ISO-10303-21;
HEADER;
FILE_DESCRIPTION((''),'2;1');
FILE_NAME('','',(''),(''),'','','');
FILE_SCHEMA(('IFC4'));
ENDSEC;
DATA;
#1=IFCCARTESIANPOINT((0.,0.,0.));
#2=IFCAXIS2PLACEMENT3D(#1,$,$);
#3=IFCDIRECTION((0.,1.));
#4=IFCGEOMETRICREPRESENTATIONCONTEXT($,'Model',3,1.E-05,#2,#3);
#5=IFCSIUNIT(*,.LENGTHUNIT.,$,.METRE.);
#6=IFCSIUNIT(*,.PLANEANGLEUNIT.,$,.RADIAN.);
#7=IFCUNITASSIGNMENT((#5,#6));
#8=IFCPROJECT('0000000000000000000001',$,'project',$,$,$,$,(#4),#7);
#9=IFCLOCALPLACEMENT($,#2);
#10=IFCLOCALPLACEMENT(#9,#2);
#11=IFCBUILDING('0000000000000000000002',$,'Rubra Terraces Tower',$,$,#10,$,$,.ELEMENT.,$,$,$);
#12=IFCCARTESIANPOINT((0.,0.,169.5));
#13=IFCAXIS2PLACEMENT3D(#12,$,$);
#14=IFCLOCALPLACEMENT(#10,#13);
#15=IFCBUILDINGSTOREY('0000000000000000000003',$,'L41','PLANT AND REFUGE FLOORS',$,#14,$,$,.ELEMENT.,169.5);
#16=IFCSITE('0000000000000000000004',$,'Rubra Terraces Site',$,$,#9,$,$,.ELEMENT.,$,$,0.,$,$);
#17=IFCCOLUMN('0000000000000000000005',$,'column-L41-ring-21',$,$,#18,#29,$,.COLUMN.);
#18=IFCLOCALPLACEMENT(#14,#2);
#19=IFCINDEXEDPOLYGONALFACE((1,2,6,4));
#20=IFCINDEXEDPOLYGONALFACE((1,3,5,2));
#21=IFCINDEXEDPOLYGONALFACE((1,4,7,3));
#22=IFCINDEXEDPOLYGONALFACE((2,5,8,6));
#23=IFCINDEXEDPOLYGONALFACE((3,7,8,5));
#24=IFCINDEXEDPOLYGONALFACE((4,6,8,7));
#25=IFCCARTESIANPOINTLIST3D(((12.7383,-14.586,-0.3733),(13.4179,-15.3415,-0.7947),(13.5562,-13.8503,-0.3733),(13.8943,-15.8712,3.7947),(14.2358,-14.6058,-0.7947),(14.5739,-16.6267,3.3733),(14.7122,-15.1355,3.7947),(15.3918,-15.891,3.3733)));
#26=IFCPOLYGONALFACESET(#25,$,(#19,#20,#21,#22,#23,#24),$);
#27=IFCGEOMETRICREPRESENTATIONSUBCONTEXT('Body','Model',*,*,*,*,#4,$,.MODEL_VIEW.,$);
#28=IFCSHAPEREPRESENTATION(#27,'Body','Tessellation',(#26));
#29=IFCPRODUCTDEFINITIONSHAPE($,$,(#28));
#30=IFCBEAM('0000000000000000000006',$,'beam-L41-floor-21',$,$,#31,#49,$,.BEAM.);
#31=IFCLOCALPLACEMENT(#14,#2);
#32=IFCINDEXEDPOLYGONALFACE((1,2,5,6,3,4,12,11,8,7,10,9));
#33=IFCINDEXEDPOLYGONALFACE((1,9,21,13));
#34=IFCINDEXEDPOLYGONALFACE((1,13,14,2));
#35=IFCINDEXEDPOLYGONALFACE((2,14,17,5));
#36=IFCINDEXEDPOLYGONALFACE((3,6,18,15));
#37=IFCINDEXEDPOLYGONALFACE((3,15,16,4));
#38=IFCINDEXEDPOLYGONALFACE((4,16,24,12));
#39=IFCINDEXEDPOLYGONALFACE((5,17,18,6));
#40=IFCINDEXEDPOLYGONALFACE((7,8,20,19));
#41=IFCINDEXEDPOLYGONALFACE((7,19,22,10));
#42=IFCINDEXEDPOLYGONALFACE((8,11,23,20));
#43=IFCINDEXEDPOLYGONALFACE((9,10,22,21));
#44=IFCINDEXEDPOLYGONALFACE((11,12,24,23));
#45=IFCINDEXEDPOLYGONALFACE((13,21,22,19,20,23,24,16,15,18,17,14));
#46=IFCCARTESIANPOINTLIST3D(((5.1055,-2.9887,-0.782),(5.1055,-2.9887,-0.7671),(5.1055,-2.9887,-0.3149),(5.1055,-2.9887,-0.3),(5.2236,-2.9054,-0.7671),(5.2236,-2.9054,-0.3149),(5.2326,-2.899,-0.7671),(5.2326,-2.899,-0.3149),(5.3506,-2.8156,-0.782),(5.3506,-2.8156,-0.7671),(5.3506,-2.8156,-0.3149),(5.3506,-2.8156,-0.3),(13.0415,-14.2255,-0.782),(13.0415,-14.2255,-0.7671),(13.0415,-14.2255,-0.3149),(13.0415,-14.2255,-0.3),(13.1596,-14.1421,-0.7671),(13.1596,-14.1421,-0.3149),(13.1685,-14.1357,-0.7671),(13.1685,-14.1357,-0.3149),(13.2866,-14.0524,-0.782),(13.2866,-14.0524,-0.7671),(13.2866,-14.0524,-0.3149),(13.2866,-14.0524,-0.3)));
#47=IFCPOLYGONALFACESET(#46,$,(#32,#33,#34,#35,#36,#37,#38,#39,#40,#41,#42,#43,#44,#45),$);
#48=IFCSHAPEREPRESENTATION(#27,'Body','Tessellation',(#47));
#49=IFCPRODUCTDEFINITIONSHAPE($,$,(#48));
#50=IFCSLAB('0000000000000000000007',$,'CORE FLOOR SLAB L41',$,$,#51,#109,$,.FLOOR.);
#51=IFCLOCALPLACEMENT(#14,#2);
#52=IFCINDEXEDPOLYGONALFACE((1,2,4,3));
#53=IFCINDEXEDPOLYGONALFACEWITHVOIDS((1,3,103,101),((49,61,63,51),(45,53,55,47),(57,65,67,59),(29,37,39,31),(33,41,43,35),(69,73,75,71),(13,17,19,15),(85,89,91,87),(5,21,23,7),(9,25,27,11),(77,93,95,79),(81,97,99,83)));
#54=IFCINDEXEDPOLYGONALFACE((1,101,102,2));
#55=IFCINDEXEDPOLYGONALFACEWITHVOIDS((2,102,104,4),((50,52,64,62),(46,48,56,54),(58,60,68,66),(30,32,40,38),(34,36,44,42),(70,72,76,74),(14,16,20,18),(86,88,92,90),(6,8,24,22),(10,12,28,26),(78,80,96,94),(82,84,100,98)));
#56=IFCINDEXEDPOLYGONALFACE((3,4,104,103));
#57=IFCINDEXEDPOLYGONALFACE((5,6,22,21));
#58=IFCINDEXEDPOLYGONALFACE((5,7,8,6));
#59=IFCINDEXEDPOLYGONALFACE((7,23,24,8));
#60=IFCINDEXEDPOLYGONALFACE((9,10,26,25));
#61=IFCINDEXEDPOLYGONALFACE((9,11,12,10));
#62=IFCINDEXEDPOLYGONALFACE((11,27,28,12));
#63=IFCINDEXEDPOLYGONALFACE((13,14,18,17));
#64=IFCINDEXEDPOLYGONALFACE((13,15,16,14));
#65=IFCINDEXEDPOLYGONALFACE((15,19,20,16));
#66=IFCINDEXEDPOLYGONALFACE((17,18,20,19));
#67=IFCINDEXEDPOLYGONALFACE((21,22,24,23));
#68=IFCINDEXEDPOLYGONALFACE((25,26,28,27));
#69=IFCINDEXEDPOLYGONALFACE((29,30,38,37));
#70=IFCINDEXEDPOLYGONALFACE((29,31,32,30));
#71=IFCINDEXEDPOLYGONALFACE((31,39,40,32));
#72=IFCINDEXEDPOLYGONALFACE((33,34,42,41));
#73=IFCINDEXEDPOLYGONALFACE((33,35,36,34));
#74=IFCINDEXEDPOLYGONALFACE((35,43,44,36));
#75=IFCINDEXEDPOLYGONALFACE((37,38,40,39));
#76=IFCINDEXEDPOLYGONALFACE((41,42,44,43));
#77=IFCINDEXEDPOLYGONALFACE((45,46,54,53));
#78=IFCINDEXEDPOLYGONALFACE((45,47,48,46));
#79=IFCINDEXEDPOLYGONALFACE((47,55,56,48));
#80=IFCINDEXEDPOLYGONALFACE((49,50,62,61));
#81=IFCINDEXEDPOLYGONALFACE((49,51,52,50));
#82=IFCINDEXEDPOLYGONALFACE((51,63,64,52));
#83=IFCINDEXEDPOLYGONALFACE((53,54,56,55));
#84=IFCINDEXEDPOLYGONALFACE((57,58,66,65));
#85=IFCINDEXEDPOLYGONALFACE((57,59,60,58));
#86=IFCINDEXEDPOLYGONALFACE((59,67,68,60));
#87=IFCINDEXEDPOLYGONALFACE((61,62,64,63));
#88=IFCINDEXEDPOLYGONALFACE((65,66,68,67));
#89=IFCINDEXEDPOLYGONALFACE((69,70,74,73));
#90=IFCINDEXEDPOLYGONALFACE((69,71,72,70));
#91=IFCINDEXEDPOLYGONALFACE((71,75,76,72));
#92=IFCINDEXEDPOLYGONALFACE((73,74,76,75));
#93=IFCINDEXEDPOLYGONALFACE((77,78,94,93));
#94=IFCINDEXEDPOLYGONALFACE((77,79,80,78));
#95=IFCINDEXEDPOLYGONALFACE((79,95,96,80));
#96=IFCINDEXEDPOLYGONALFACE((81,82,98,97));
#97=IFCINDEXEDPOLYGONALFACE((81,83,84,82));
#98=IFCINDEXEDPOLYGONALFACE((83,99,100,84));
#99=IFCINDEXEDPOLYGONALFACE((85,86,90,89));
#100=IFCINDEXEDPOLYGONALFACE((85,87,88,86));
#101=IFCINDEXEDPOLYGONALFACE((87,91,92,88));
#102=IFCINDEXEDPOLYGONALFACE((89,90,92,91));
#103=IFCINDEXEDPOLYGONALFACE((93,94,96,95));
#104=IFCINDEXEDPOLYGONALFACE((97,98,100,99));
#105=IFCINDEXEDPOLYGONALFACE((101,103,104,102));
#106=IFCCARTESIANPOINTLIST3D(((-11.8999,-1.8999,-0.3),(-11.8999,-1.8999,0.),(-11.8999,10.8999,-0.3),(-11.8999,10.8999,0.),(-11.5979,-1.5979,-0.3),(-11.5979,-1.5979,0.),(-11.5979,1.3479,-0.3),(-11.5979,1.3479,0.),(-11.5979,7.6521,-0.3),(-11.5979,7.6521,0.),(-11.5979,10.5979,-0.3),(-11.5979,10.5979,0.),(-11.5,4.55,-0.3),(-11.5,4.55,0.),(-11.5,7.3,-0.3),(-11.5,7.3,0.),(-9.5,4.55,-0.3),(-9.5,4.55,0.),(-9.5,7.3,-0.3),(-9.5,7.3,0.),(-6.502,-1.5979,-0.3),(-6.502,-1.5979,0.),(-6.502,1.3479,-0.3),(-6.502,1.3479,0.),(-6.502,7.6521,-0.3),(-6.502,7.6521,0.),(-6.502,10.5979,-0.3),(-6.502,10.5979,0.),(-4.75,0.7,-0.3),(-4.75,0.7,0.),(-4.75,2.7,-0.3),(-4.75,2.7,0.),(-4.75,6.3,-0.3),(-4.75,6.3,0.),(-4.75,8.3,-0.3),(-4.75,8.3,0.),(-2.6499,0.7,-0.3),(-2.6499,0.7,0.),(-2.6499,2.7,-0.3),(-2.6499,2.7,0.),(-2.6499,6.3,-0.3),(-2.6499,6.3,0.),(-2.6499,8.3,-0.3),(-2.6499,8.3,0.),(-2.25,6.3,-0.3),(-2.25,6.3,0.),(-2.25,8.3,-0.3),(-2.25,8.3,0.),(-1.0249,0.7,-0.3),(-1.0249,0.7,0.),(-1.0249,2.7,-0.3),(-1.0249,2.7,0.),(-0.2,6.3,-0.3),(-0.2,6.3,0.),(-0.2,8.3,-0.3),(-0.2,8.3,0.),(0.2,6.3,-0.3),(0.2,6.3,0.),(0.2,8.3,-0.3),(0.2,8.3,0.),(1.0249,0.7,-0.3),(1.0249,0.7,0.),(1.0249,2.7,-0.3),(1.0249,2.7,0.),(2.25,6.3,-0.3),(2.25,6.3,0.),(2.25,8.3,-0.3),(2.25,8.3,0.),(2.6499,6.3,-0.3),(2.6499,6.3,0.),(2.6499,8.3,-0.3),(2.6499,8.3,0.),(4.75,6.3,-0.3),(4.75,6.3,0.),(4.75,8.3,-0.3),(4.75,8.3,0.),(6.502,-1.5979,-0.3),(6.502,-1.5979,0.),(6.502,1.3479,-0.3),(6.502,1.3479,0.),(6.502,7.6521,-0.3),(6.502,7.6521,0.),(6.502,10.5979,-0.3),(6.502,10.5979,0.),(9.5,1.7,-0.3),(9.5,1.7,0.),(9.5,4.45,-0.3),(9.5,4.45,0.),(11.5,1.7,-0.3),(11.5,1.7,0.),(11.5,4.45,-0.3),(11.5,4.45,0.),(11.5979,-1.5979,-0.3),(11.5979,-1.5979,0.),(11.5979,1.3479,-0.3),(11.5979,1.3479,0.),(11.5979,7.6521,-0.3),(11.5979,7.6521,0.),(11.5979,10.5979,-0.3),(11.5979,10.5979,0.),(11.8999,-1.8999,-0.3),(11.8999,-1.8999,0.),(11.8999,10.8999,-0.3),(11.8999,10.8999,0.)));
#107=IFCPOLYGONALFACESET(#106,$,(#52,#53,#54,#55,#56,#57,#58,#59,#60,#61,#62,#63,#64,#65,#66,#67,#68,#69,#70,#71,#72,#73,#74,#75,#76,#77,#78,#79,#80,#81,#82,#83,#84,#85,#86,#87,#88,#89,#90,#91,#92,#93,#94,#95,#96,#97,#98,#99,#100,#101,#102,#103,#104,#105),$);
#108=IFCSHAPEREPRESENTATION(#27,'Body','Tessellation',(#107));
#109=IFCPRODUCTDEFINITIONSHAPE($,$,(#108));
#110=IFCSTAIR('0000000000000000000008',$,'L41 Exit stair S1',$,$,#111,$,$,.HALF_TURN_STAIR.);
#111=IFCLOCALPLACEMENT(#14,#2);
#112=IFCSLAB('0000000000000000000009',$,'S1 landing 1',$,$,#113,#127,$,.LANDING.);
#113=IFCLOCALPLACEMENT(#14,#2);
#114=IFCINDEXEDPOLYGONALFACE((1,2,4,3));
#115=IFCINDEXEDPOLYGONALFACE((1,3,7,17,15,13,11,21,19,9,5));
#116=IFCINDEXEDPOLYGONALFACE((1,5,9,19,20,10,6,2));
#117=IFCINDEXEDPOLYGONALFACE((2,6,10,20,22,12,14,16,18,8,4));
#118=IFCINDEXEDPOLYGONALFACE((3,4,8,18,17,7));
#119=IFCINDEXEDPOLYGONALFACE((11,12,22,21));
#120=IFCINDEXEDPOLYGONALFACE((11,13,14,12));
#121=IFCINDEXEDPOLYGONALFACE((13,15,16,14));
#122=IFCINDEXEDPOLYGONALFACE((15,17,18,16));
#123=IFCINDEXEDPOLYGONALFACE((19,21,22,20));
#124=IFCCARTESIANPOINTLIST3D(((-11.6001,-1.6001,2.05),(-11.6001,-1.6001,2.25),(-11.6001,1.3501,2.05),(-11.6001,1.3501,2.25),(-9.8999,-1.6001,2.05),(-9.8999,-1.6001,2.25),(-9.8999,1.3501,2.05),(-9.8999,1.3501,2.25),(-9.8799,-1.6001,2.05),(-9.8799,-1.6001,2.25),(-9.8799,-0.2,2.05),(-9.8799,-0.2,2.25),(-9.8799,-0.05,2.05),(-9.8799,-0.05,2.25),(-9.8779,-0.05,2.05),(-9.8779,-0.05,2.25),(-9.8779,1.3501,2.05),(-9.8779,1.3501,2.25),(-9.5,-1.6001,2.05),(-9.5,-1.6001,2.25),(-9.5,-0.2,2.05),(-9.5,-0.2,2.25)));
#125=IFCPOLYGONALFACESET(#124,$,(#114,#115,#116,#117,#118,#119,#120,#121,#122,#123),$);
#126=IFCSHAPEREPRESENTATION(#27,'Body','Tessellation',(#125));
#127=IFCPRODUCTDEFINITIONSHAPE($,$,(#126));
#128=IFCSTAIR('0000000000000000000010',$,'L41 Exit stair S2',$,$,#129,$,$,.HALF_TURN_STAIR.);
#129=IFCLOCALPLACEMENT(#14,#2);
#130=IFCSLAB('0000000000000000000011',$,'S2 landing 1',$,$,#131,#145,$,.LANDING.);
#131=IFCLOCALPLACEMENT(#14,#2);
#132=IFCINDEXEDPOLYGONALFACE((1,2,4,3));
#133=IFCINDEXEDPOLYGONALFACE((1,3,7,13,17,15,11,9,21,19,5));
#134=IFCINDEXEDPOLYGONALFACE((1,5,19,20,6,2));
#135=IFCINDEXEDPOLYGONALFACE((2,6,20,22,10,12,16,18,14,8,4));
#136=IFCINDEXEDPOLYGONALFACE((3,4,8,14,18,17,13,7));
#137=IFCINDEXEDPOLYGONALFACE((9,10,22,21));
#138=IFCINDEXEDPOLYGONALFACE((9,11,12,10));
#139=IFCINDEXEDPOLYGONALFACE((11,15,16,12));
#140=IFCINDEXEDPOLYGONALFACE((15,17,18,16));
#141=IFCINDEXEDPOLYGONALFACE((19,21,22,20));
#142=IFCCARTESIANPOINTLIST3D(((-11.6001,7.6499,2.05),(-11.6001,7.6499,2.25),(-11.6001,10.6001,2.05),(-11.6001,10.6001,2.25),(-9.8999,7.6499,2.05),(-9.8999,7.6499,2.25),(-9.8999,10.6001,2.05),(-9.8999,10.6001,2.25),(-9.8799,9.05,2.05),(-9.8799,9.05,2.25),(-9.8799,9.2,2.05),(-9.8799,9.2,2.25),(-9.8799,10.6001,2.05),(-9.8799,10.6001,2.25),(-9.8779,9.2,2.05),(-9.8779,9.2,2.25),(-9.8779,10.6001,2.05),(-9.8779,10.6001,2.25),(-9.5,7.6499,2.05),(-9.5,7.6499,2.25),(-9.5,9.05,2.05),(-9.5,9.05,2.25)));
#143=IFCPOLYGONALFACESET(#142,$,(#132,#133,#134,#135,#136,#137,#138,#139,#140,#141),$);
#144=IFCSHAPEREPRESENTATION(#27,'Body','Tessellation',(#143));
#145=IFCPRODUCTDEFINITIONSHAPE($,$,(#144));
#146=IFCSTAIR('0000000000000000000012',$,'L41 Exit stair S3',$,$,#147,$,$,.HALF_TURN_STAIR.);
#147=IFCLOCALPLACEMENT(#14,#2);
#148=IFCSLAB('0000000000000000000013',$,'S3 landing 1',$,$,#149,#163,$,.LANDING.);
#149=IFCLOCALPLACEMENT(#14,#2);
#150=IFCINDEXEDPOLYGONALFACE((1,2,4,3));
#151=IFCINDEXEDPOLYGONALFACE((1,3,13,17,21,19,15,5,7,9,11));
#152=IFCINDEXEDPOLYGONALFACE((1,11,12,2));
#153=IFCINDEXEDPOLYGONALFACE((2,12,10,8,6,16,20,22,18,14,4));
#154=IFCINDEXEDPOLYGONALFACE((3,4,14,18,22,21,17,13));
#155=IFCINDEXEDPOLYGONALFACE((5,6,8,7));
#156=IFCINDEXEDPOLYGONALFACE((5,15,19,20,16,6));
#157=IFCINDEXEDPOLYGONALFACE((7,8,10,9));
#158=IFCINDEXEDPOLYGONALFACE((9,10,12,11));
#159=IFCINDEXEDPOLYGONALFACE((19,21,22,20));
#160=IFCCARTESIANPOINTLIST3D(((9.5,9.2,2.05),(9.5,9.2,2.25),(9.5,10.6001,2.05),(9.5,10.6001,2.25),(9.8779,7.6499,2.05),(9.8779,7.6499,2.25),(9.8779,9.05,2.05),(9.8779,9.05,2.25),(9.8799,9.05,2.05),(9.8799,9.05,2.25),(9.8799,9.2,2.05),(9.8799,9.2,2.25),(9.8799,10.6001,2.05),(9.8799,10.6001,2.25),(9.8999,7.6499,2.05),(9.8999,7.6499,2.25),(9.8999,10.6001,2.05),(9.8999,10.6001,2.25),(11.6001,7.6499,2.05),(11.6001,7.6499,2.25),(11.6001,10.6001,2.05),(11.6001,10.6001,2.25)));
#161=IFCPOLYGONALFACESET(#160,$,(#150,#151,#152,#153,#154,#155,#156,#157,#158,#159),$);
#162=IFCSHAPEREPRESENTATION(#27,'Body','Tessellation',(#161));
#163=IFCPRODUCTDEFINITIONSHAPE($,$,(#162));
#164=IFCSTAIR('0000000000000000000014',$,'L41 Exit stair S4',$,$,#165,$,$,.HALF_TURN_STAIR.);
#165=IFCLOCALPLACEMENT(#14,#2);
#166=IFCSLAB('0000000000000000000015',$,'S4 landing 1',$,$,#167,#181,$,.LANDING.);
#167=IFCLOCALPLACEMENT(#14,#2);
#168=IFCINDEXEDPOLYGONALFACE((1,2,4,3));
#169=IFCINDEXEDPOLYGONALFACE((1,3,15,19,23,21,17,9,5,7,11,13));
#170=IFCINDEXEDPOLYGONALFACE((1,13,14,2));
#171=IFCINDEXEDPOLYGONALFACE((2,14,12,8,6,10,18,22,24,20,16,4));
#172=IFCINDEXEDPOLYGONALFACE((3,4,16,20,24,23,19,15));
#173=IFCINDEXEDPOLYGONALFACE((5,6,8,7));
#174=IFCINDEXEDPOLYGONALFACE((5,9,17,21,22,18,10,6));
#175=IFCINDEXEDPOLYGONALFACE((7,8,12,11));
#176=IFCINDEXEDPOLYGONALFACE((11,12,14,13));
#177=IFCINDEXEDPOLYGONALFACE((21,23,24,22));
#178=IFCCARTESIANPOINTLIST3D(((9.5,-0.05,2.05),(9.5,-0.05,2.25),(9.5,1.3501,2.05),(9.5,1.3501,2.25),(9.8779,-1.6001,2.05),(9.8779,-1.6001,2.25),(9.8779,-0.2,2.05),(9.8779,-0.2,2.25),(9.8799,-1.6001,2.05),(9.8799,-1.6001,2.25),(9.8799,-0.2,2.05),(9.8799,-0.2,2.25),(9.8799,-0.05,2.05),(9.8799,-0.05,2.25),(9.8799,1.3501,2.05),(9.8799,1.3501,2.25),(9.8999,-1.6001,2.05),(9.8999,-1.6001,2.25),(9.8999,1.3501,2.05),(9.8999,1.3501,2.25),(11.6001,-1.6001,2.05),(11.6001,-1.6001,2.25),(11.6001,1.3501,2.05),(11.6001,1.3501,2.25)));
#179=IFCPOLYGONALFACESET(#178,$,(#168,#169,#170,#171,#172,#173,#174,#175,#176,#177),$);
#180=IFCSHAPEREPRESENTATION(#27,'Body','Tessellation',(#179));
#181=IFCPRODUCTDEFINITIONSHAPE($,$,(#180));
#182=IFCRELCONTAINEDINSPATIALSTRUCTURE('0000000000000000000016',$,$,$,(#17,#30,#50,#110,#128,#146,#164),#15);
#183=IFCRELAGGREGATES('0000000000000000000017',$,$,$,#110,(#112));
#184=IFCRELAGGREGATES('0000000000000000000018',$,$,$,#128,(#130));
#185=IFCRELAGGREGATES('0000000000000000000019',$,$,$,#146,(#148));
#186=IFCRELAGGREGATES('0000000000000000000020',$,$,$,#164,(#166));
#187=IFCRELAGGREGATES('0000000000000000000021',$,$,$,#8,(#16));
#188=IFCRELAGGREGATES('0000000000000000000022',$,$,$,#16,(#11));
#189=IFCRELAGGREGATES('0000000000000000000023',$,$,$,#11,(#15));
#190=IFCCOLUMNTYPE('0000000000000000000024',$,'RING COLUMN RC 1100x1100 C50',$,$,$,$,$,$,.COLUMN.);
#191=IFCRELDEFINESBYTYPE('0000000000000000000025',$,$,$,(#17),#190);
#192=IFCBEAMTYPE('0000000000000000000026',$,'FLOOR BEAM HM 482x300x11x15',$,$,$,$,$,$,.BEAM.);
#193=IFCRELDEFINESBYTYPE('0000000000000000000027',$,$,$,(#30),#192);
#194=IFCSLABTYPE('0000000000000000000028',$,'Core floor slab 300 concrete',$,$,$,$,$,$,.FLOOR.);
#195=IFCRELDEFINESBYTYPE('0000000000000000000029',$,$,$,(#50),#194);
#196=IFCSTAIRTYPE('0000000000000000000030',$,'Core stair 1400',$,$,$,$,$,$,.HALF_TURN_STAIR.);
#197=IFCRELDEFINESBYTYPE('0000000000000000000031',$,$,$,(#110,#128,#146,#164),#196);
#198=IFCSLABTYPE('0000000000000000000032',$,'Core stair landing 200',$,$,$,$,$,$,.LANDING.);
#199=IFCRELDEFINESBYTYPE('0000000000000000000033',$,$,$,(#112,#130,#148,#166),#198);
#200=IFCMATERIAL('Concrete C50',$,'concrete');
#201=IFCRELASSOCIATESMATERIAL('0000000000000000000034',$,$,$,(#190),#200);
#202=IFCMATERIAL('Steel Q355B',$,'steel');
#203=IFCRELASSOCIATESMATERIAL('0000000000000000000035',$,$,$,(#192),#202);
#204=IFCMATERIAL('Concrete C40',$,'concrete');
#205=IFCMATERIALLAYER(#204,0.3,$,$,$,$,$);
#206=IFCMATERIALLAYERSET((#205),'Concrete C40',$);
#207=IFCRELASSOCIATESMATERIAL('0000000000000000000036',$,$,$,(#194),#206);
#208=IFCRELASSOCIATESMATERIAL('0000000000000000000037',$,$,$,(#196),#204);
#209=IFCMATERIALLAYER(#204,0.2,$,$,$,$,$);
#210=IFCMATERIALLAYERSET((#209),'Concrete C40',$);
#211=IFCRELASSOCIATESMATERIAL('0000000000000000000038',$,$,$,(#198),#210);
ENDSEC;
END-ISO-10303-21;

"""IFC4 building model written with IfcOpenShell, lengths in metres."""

from ifc_helpers import new_model, si_unit, direction, frame, origin, origin_2d, place, context, subcontext, project, spatial, polyline, rectangle, i_section, outline, extrude, material, layer, layer_set, material_profile, profile_set, type_object, element, aggregate, save


model = new_model("IFC4")

# Units and contexts
model_context = context("Model", 3, precision=1e-05, world=origin(), true_north=direction((0.0, 1.0)))
body_context = subcontext(model_context, "Body", "Model", "MODEL_VIEW")
ifc_project = project(units=[si_unit("LENGTHUNIT", "METRE"), si_unit("PLANEANGLEUNIT", "RADIAN")], contexts=[model_context])

# Site, building, storey
site_placement = place(None, origin())
site = spatial("IfcSite", under=ifc_project, at=site_placement, Name="Rubra Terraces Site", CompositionType="ELEMENT", RefElevation=0.0)
building_placement = place(site_placement, origin())
building = spatial("IfcBuilding", under=site, at=building_placement, Name="Rubra Terraces Tower", CompositionType="ELEMENT")
storey_placement = place(building_placement, frame((0.0, 0.0, 169.5)))
storey = spatial("IfcBuildingStorey", under=building, at=storey_placement, Name="L41", Description="PLANT AND REFUGE FLOORS", CompositionType="ELEMENT", Elevation=169.5)

# Column
ifc_material_1 = material(Name="Concrete C50", Category="concrete")
ifc_material_profile_1 = material_profile(ifc_material_1, rectangle(XDim=1.1001, YDim=1.1001, at=origin_2d()), Name="RC 1100x1100")
ifc_profile_set_1 = profile_set([ifc_material_profile_1], Name="Concrete C50")
column_type = type_object("IfcColumnType", Name="RING COLUMN RC 1100x1100 C50", PredefinedType="COLUMN", material=ifc_profile_set_1)
column_placement = place(storey_placement, frame((13.4871, -14.5959, -0.584), z_axis=(0.256196, -0.284818, 0.923711), x_axis=(0.743477, 0.668762, 0.0)))
element("IfcColumn", 1, at=column_placement, inside=storey, type_object=column_type, Name="column-L41-ring-21", PredefinedType="COLUMN", context=body_context, shape_type="SweptSolid", body=[
    extrude(rectangle(XDim=1.1001, YDim=1.1001, at=origin_2d()), origin(), (0.0, 0.0, 1.0), 4.5122),
])

# Beam
ifc_material_2 = material(Name="Steel Q355B", Category="steel")
ifc_material_profile_2 = material_profile(ifc_material_2, i_section(OverallWidth=0.3, OverallDepth=0.4819, WebThickness=0.011, FlangeThickness=0.0149, at=origin_2d()), Name="HM 482x300x11x15")
ifc_profile_set_2 = profile_set([ifc_material_profile_2], Name="Steel Q355B")
beam_type = type_object("IfcBeamType", Name="FLOOR BEAM HM 482x300x11x15", PredefinedType="BEAM", material=ifc_profile_set_2)
beam_placement = place(storey_placement, frame((13.1641, -14.1389, -0.541), z_axis=(-0.576885, 0.816825, 0.0), x_axis=(-0.816825, -0.576885, 0.0)))
element("IfcBeam", 2, at=beam_placement, inside=storey, type_object=beam_type, Name="beam-L41-floor-21", PredefinedType="BEAM", context=body_context, shape_type="SweptSolid", body=[
    extrude(i_section(OverallWidth=0.3, OverallDepth=0.4819, WebThickness=0.011, FlangeThickness=0.0149, at=origin_2d()), origin(), (0.0, 0.0, 1.0), 13.7566),
])

# Slab
ifc_material_3 = material(Name="Concrete C40", Category="concrete")
ifc_layer_1 = layer(ifc_material_3, 0.3)
ifc_layer_set_1 = layer_set([ifc_layer_1], Name="Concrete C40")
slab_type_1 = type_object("IfcSlabType", Name="Core floor slab 300 concrete", PredefinedType="FLOOR", material=ifc_layer_set_1)
slab_1_placement = place(storey_placement, frame((0.0, 0.0, -0.3)))
element("IfcSlab", 3, at=slab_1_placement, inside=storey, type_object=slab_type_1, Name="CORE FLOOR SLAB L41", PredefinedType="FLOOR", context=body_context, shape_type="SweptSolid", body=[
    extrude(outline(polyline([(-11.8999, -1.8999), (-11.8999, 10.8999), (11.8999, 10.8999), (11.8999, -1.8999), (-11.8999, -1.8999)]), holes=[polyline([(11.5979, 1.3479), (6.502, 1.3479), (6.502, -1.5979), (11.5979, -1.5979), (11.5979, 1.3479)]), polyline([(11.5979, 7.6521), (11.5979, 10.5979), (6.502, 10.5979), (6.502, 7.6521), (11.5979, 7.6521)]), polyline([(9.5, 1.7), (11.5, 1.7), (11.5, 4.45), (9.5, 4.45), (9.5, 1.7)]), polyline([(4.75, 6.3), (4.75, 8.3), (2.6499, 8.3), (2.6499, 6.3), (4.75, 6.3)]), polyline([(2.25, 8.3), (0.2, 8.3), (0.2, 6.3), (2.25, 6.3), (2.25, 8.3)]), polyline([(1.0249, 0.7), (1.0249, 2.7), (-1.0249, 2.7), (-1.0249, 0.7), (1.0249, 0.7)]), polyline([(-0.2, 6.3), (-0.2, 8.3), (-2.25, 8.3), (-2.25, 6.3), (-0.2, 6.3)]), polyline([(-4.75, 8.3), (-4.75, 6.3), (-2.6499, 6.3), (-2.6499, 8.3), (-4.75, 8.3)]), polyline([(-2.6499, 0.7), (-2.6499, 2.7), (-4.75, 2.7), (-4.75, 0.7), (-2.6499, 0.7)]), polyline([(-11.5979, -1.5979), (-6.502, -1.5979), (-6.502, 1.3479), (-11.5979, 1.3479), (-11.5979, -1.5979)]), polyline([(-11.5979, 10.5979), (-11.5979, 7.6521), (-6.502, 7.6521), (-6.502, 10.5979), (-11.5979, 10.5979)]), polyline([(-9.5, 4.55), (-9.5, 7.3), (-11.5, 7.3), (-11.5, 4.55), (-9.5, 4.55)])]), origin(), (0.0, 0.0, 1.0), 0.3),
])

# Stairs, slabs
stair_type = type_object("IfcStairType", Name="Core stair 1400", PredefinedType="HALF_TURN_STAIR", material=ifc_material_3)
stair_1_placement = place(storey_placement, origin())
stair_1 = element("IfcStair", 4, at=stair_1_placement, inside=storey, type_object=stair_type, Name="L41 Exit stair S1", PredefinedType="HALF_TURN_STAIR")
ifc_layer_2 = layer(ifc_material_3, 0.2)
ifc_layer_set_2 = layer_set([ifc_layer_2], Name="Concrete C40")
slab_type_2 = type_object("IfcSlabType", Name="Core stair landing 200", PredefinedType="LANDING", material=ifc_layer_set_2)
slab_2_placement = place(storey_placement, frame((0.0, 0.0, 2.05)))
slab_2 = element("IfcSlab", 5, at=slab_2_placement, type_object=slab_type_2, Name="S1 landing 1", PredefinedType="LANDING", context=body_context, shape_type="SweptSolid", body=[
    extrude(outline(polyline([(-9.5, -0.2), (-9.5, -1.6001), (-9.8799, -1.6001), (-9.8999, -1.6001), (-11.6001, -1.6001), (-11.6001, 1.3501), (-9.8999, 1.3501), (-9.8779, 1.3501), (-9.8779, -0.05), (-9.8799, -0.05), (-9.8799, -0.2), (-9.5, -0.2)])), origin(), (0.0, 0.0, 1.0), 0.2),
])
aggregate(stair_1, [slab_2])
stair_2_placement = place(storey_placement, origin())
stair_2 = element("IfcStair", 6, at=stair_2_placement, inside=storey, type_object=stair_type, Name="L41 Exit stair S2", PredefinedType="HALF_TURN_STAIR")
slab_3_placement = place(storey_placement, frame((0.0, 0.0, 2.05)))
slab_3 = element("IfcSlab", 7, at=slab_3_placement, type_object=slab_type_2, Name="S2 landing 1", PredefinedType="LANDING", context=body_context, shape_type="SweptSolid", body=[
    extrude(outline(polyline([(-9.5, 9.05), (-9.5, 7.6499), (-9.8999, 7.6499), (-11.6001, 7.6499), (-11.6001, 10.6001), (-9.8999, 10.6001), (-9.8799, 10.6001), (-9.8779, 10.6001), (-9.8779, 9.2), (-9.8799, 9.2), (-9.8799, 9.05), (-9.5, 9.05)])), origin(), (0.0, 0.0, 1.0), 0.2),
])
aggregate(stair_2, [slab_3])
stair_3_placement = place(storey_placement, origin())
stair_3 = element("IfcStair", 8, at=stair_3_placement, inside=storey, type_object=stair_type, Name="L41 Exit stair S3", PredefinedType="HALF_TURN_STAIR")
slab_4_placement = place(storey_placement, frame((0.0, 0.0, 2.05)))
slab_4 = element("IfcSlab", 9, at=slab_4_placement, type_object=slab_type_2, Name="S3 landing 1", PredefinedType="LANDING", context=body_context, shape_type="SweptSolid", body=[
    extrude(outline(polyline([(9.8799, 9.05), (9.8799, 9.2), (9.5, 9.2), (9.5, 10.6001), (9.8799, 10.6001), (9.8999, 10.6001), (11.6001, 10.6001), (11.6001, 7.6499), (9.8999, 7.6499), (9.8779, 7.6499), (9.8779, 9.05), (9.8799, 9.05)])), origin(), (0.0, 0.0, 1.0), 0.2),
])
aggregate(stair_3, [slab_4])
stair_4_placement = place(storey_placement, origin())
stair_4 = element("IfcStair", 10, at=stair_4_placement, inside=storey, type_object=stair_type, Name="L41 Exit stair S4", PredefinedType="HALF_TURN_STAIR")
slab_5_placement = place(storey_placement, frame((0.0, 0.0, 2.05)))
slab_5 = element("IfcSlab", 11, at=slab_5_placement, type_object=slab_type_2, Name="S4 landing 1", PredefinedType="LANDING", context=body_context, shape_type="SweptSolid", body=[
    extrude(outline(polyline([(9.8799, -0.2), (9.8799, -0.05), (9.5, -0.05), (9.5, 1.3501), (9.8799, 1.3501), (9.8999, 1.3501), (11.6001, 1.3501), (11.6001, -1.6001), (9.8999, -1.6001), (9.8799, -1.6001), (9.8779, -1.6001), (9.8779, -0.2), (9.8799, -0.2)])), origin(), (0.0, 0.0, 1.0), 0.2),
])

aggregate(stair_4, [slab_5])

save(model, "model.ifc")
